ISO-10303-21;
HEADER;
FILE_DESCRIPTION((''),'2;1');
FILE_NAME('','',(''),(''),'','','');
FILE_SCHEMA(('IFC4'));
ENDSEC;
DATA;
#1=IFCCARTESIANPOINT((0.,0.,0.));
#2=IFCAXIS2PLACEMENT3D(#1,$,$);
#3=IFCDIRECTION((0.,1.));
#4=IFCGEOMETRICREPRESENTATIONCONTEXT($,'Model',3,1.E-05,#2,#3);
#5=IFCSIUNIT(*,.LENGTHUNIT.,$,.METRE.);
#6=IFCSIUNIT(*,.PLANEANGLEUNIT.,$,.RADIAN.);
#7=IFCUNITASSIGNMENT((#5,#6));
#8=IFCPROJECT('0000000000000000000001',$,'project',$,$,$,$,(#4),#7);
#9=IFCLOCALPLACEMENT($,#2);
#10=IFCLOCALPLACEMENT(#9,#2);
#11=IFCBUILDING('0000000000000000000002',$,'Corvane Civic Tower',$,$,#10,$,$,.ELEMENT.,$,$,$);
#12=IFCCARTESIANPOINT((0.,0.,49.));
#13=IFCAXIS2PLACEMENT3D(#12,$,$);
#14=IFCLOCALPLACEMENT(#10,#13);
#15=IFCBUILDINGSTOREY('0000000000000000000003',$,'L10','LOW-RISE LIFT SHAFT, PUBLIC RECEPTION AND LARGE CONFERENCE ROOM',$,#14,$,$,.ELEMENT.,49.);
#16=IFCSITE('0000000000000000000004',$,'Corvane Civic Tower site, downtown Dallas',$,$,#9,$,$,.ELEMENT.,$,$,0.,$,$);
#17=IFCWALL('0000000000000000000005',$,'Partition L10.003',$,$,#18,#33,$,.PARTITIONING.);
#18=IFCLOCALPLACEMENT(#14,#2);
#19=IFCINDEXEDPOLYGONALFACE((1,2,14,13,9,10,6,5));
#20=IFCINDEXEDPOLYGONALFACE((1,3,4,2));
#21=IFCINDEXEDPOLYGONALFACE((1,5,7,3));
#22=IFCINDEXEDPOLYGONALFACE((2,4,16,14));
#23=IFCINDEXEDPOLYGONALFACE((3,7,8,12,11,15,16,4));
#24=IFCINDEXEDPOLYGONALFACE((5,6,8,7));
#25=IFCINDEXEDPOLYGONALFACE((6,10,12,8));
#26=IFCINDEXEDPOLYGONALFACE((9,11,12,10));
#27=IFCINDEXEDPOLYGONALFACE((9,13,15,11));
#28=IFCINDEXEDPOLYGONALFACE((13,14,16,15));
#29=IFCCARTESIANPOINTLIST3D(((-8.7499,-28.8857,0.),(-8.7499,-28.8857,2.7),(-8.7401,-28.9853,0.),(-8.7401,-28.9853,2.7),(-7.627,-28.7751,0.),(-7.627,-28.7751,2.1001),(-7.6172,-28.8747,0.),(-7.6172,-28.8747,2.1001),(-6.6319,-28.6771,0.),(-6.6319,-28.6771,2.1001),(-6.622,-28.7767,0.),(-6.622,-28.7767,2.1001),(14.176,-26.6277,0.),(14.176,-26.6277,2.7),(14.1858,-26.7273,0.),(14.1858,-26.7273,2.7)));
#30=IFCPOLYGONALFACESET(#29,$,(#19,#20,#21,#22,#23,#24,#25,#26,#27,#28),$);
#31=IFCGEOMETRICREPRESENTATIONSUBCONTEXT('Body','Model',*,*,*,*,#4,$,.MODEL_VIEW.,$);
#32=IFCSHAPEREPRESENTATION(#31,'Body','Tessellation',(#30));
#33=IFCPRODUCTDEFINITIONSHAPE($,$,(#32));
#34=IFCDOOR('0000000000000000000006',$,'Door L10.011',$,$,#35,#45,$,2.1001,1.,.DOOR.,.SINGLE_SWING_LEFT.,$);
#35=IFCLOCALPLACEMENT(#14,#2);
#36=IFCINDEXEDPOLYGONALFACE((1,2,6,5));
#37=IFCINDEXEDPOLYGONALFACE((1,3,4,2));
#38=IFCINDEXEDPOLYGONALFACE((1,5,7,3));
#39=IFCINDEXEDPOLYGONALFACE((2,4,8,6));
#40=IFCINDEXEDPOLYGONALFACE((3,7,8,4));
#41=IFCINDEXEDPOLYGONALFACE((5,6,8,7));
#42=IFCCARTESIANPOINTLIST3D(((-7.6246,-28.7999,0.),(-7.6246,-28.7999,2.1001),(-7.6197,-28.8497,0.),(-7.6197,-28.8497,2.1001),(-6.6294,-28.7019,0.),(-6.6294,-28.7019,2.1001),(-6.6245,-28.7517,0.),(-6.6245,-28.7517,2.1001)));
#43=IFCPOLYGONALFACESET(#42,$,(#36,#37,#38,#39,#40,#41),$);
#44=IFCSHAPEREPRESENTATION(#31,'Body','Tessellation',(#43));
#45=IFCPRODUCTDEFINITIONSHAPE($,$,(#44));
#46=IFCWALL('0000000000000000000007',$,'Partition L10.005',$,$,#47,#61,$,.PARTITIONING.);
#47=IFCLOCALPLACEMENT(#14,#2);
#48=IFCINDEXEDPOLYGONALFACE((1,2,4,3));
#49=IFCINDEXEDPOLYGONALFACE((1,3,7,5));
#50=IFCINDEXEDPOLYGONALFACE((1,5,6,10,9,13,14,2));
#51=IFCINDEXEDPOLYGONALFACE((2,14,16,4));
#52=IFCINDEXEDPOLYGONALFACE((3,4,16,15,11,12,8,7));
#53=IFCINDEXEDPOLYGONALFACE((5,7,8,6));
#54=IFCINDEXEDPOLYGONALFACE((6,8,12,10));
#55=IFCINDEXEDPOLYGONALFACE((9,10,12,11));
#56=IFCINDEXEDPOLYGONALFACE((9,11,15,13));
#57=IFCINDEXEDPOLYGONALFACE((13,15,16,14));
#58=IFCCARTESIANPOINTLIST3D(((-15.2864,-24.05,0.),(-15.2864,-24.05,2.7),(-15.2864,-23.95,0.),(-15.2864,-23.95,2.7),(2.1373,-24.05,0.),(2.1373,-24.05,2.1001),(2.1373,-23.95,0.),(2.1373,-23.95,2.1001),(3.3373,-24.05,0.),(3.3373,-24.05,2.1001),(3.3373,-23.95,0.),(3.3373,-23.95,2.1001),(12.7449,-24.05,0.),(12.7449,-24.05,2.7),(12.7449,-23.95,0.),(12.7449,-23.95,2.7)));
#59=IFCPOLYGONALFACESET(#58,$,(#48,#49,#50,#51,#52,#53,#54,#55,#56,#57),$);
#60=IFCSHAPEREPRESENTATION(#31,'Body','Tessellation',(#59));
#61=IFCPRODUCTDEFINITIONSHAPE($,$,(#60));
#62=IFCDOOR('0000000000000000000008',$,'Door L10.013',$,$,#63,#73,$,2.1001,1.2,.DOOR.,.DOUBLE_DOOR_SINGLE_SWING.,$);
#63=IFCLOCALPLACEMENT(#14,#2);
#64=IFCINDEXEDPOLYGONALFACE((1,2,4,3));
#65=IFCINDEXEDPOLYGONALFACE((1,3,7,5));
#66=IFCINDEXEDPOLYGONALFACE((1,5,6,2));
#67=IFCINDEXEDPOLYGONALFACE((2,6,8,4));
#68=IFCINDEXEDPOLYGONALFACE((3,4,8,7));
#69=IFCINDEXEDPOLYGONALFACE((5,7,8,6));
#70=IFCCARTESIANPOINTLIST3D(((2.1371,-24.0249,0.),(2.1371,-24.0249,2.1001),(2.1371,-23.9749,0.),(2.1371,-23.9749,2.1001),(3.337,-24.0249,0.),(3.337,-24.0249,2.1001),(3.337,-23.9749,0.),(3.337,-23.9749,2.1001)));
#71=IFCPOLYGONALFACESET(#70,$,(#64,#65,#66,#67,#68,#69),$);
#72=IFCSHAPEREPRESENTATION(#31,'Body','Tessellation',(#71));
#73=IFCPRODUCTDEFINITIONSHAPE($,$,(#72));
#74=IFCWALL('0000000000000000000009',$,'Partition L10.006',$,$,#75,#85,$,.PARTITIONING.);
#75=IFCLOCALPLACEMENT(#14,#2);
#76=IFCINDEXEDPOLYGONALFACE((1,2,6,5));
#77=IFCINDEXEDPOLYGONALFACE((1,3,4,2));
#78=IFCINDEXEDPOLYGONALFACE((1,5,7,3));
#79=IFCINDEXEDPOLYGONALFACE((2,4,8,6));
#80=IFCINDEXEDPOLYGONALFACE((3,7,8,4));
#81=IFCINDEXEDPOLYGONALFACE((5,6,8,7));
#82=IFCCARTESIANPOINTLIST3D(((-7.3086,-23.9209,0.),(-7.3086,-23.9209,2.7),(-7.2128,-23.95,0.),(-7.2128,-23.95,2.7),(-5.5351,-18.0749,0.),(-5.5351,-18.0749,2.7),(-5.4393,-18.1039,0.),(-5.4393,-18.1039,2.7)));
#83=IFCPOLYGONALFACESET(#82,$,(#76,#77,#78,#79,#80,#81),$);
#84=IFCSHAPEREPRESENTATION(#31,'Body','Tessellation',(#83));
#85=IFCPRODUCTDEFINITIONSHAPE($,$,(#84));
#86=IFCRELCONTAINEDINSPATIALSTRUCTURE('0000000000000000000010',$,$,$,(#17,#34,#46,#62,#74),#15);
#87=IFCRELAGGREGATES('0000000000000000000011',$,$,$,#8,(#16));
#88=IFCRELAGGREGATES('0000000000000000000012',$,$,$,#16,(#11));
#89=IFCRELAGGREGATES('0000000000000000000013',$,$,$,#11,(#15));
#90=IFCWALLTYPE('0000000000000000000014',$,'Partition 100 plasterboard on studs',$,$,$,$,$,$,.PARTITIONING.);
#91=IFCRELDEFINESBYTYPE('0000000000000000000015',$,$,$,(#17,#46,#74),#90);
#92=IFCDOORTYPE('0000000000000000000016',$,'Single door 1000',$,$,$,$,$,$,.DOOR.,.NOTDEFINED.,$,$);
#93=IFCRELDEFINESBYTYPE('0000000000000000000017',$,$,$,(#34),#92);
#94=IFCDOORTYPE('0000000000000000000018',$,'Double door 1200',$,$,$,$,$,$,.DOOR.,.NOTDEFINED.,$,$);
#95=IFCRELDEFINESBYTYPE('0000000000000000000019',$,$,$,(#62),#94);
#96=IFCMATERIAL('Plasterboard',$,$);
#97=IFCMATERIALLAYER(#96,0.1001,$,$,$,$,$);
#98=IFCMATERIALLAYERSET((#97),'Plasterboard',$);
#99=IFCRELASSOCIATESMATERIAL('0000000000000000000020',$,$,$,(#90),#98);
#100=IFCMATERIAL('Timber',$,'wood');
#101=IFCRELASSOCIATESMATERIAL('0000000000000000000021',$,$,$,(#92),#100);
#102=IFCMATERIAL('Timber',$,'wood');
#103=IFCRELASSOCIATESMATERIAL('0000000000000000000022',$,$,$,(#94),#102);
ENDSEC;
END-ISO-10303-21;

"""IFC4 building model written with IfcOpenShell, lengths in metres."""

from ifc_helpers import new_model, si_unit, direction, frame, frame_2d, origin, place, context, subcontext, project, spatial, rectangle, extrude, material, layer, layer_set, type_object, element, fill, save


model = new_model("IFC4")

# Units and contexts
model_context = context("Model", 3, precision=1e-05, world=origin(), true_north=direction((0.0, 1.0)))
body_context = subcontext(model_context, "Body", "Model", "MODEL_VIEW")
ifc_project = project(units=[si_unit("LENGTHUNIT", "METRE"), si_unit("PLANEANGLEUNIT", "RADIAN")], contexts=[model_context])

# Site, building, storey
site_placement = place(None, origin())
site = spatial("IfcSite", under=ifc_project, at=site_placement, Name="Corvane Civic Tower site, downtown Dallas", CompositionType="ELEMENT", RefElevation=0.0)
building_placement = place(site_placement, origin())
building = spatial("IfcBuilding", under=site, at=building_placement, Name="Corvane Civic Tower", CompositionType="ELEMENT")
storey_placement = place(building_placement, frame((0.0, 0.0, 49.0)))
storey = spatial("IfcBuildingStorey", under=building, at=storey_placement, Name="L10", Description="LOW-RISE LIFT SHAFT, PUBLIC RECEPTION AND LARGE CONFERENCE ROOM", CompositionType="ELEMENT", Elevation=49.0)

# Shared definitions
ifc_material_1 = material(Name="Plasterboard")
ifc_layer_1 = layer(ifc_material_1, 0.1001)
ifc_layer_set_1 = layer_set([ifc_layer_1], Name="Plasterboard")
wall_type = type_object("IfcWallType", Name="Partition 100 plasterboard on studs", PredefinedType="PARTITIONING", material=ifc_layer_set_1)

# Walls, openings, doors
wall_1_placement = place(storey_placement, frame((-8.7451, -28.9355, 0.0), z_axis=(0.0, 0.0, 1.0), x_axis=(0.995185, 0.098019, 0.0)))
wall_1 = element("IfcWall", 1, at=wall_1_placement, inside=storey, type_object=wall_type, Name="Partition L10.003", PredefinedType="PARTITIONING", context=body_context, shape_type="SweptSolid", body=[
    extrude(rectangle(XDim=23.0369, YDim=0.1001, at=frame_2d((11.5186, 0.0))), origin(), (0.0, 0.0, 1.0), 2.7),
])
opening_1_placement = place(wall_1_placement, frame((1.1284, 0.0, 0.0)))
opening_1 = element("IfcOpeningElement", 2, at=opening_1_placement, cuts=wall_1, PredefinedType="OPENING", context=body_context, shape_type="SweptSolid", body=[
    extrude(rectangle(XDim=1.0, YDim=2.1001, at=frame_2d((0.5, 1.05))), frame((0.0, 0.0601, 0.0), z_axis=(0.0, -1.0, 0.0), x_axis=(1.0, 0.0, 0.0)), (0.0, 0.0, 1.0), 0.1201),
])
ifc_material_2 = material(Name="Timber", Category="wood")
door_type_1 = type_object("IfcDoorType", Name="Single door 1000", OperationType="NOTDEFINED", PredefinedType="DOOR", material=ifc_material_2)
door_1_placement = place(opening_1_placement, frame((1.0, 0.0, 0.0), z_axis=(0.0, 0.0, 1.0), x_axis=(-1.0, 0.0, 0.0)))
door_1 = element("IfcDoor", 3, at=door_1_placement, inside=storey, type_object=door_type_1, Name="Door L10.011", OperationType="SINGLE_SWING_LEFT", OverallHeight=2.1001, OverallWidth=1.0, PredefinedType="DOOR", context=body_context, shape_type="SweptSolid", body=[
    extrude(rectangle(XDim=1.0, YDim=2.1001, at=frame_2d((0.5, 1.05))), frame((0.0, 0.0249, 0.0), z_axis=(0.0, -1.0, 0.0), x_axis=(1.0, 0.0, 0.0)), (0.0, 0.0, 1.0), 0.05),
])
fill(opening_1, door_1)
wall_2_placement = place(storey_placement, frame((-15.2864, -24.0, 0.0), z_axis=(0.0, 0.0, 1.0), x_axis=(1.0, 0.0, 0.0)))
wall_2 = element("IfcWall", 4, at=wall_2_placement, inside=storey, type_object=wall_type, Name="Partition L10.005", PredefinedType="PARTITIONING", context=body_context, shape_type="SweptSolid", body=[
    extrude(rectangle(XDim=28.0312, YDim=0.1001, at=frame_2d((14.0156, 0.0))), origin(), (0.0, 0.0, 1.0), 2.7),
])
opening_2_placement = place(wall_2_placement, frame((17.4236, 0.0, 0.0)))
opening_2 = element("IfcOpeningElement", 5, at=opening_2_placement, cuts=wall_2, PredefinedType="OPENING", context=body_context, shape_type="SweptSolid", body=[
    extrude(rectangle(XDim=1.2, YDim=2.1001, at=frame_2d((0.6001, 1.05))), frame((0.0, 0.0601, 0.0), z_axis=(0.0, -1.0, 0.0), x_axis=(1.0, 0.0, 0.0)), (0.0, 0.0, 1.0), 0.1201),
])
ifc_material_3 = material(Name="Timber", Category="wood")
door_type_2 = type_object("IfcDoorType", Name="Double door 1200", OperationType="NOTDEFINED", PredefinedType="DOOR", material=ifc_material_3)
door_2_placement = place(opening_2_placement, frame((1.2, 0.0, 0.0), z_axis=(0.0, 0.0, 1.0), x_axis=(-1.0, 0.0, 0.0)))
door_2 = element("IfcDoor", 6, at=door_2_placement, inside=storey, type_object=door_type_2, Name="Door L10.013", OperationType="DOUBLE_DOOR_SINGLE_SWING", OverallHeight=2.1001, OverallWidth=1.2, PredefinedType="DOOR", context=body_context, shape_type="SweptSolid", body=[
    extrude(rectangle(XDim=1.2, YDim=2.1001, at=frame_2d((0.6001, 1.05))), frame((0.0, 0.0249, 0.0), z_axis=(0.0, -1.0, 0.0), x_axis=(1.0, 0.0, 0.0)), (0.0, 0.0, 1.0), 0.05),
])
fill(opening_2, door_2)

# Wall
wall_3_placement = place(storey_placement, frame((-7.2607, -23.9355, 0.0), z_axis=(0.0, 0.0, 1.0), x_axis=(0.290298, 0.956936, 0.0)))
element("IfcWall", 7, at=wall_3_placement, inside=storey, type_object=wall_type, Name="Partition L10.006", PredefinedType="PARTITIONING", context=body_context, shape_type="SweptSolid", body=[
    extrude(rectangle(XDim=6.1091, YDim=0.1001, at=frame_2d((3.0547, 0.0))), origin(), (0.0, 0.0, 1.0), 2.7),
])

save(model, "model.ifc")
